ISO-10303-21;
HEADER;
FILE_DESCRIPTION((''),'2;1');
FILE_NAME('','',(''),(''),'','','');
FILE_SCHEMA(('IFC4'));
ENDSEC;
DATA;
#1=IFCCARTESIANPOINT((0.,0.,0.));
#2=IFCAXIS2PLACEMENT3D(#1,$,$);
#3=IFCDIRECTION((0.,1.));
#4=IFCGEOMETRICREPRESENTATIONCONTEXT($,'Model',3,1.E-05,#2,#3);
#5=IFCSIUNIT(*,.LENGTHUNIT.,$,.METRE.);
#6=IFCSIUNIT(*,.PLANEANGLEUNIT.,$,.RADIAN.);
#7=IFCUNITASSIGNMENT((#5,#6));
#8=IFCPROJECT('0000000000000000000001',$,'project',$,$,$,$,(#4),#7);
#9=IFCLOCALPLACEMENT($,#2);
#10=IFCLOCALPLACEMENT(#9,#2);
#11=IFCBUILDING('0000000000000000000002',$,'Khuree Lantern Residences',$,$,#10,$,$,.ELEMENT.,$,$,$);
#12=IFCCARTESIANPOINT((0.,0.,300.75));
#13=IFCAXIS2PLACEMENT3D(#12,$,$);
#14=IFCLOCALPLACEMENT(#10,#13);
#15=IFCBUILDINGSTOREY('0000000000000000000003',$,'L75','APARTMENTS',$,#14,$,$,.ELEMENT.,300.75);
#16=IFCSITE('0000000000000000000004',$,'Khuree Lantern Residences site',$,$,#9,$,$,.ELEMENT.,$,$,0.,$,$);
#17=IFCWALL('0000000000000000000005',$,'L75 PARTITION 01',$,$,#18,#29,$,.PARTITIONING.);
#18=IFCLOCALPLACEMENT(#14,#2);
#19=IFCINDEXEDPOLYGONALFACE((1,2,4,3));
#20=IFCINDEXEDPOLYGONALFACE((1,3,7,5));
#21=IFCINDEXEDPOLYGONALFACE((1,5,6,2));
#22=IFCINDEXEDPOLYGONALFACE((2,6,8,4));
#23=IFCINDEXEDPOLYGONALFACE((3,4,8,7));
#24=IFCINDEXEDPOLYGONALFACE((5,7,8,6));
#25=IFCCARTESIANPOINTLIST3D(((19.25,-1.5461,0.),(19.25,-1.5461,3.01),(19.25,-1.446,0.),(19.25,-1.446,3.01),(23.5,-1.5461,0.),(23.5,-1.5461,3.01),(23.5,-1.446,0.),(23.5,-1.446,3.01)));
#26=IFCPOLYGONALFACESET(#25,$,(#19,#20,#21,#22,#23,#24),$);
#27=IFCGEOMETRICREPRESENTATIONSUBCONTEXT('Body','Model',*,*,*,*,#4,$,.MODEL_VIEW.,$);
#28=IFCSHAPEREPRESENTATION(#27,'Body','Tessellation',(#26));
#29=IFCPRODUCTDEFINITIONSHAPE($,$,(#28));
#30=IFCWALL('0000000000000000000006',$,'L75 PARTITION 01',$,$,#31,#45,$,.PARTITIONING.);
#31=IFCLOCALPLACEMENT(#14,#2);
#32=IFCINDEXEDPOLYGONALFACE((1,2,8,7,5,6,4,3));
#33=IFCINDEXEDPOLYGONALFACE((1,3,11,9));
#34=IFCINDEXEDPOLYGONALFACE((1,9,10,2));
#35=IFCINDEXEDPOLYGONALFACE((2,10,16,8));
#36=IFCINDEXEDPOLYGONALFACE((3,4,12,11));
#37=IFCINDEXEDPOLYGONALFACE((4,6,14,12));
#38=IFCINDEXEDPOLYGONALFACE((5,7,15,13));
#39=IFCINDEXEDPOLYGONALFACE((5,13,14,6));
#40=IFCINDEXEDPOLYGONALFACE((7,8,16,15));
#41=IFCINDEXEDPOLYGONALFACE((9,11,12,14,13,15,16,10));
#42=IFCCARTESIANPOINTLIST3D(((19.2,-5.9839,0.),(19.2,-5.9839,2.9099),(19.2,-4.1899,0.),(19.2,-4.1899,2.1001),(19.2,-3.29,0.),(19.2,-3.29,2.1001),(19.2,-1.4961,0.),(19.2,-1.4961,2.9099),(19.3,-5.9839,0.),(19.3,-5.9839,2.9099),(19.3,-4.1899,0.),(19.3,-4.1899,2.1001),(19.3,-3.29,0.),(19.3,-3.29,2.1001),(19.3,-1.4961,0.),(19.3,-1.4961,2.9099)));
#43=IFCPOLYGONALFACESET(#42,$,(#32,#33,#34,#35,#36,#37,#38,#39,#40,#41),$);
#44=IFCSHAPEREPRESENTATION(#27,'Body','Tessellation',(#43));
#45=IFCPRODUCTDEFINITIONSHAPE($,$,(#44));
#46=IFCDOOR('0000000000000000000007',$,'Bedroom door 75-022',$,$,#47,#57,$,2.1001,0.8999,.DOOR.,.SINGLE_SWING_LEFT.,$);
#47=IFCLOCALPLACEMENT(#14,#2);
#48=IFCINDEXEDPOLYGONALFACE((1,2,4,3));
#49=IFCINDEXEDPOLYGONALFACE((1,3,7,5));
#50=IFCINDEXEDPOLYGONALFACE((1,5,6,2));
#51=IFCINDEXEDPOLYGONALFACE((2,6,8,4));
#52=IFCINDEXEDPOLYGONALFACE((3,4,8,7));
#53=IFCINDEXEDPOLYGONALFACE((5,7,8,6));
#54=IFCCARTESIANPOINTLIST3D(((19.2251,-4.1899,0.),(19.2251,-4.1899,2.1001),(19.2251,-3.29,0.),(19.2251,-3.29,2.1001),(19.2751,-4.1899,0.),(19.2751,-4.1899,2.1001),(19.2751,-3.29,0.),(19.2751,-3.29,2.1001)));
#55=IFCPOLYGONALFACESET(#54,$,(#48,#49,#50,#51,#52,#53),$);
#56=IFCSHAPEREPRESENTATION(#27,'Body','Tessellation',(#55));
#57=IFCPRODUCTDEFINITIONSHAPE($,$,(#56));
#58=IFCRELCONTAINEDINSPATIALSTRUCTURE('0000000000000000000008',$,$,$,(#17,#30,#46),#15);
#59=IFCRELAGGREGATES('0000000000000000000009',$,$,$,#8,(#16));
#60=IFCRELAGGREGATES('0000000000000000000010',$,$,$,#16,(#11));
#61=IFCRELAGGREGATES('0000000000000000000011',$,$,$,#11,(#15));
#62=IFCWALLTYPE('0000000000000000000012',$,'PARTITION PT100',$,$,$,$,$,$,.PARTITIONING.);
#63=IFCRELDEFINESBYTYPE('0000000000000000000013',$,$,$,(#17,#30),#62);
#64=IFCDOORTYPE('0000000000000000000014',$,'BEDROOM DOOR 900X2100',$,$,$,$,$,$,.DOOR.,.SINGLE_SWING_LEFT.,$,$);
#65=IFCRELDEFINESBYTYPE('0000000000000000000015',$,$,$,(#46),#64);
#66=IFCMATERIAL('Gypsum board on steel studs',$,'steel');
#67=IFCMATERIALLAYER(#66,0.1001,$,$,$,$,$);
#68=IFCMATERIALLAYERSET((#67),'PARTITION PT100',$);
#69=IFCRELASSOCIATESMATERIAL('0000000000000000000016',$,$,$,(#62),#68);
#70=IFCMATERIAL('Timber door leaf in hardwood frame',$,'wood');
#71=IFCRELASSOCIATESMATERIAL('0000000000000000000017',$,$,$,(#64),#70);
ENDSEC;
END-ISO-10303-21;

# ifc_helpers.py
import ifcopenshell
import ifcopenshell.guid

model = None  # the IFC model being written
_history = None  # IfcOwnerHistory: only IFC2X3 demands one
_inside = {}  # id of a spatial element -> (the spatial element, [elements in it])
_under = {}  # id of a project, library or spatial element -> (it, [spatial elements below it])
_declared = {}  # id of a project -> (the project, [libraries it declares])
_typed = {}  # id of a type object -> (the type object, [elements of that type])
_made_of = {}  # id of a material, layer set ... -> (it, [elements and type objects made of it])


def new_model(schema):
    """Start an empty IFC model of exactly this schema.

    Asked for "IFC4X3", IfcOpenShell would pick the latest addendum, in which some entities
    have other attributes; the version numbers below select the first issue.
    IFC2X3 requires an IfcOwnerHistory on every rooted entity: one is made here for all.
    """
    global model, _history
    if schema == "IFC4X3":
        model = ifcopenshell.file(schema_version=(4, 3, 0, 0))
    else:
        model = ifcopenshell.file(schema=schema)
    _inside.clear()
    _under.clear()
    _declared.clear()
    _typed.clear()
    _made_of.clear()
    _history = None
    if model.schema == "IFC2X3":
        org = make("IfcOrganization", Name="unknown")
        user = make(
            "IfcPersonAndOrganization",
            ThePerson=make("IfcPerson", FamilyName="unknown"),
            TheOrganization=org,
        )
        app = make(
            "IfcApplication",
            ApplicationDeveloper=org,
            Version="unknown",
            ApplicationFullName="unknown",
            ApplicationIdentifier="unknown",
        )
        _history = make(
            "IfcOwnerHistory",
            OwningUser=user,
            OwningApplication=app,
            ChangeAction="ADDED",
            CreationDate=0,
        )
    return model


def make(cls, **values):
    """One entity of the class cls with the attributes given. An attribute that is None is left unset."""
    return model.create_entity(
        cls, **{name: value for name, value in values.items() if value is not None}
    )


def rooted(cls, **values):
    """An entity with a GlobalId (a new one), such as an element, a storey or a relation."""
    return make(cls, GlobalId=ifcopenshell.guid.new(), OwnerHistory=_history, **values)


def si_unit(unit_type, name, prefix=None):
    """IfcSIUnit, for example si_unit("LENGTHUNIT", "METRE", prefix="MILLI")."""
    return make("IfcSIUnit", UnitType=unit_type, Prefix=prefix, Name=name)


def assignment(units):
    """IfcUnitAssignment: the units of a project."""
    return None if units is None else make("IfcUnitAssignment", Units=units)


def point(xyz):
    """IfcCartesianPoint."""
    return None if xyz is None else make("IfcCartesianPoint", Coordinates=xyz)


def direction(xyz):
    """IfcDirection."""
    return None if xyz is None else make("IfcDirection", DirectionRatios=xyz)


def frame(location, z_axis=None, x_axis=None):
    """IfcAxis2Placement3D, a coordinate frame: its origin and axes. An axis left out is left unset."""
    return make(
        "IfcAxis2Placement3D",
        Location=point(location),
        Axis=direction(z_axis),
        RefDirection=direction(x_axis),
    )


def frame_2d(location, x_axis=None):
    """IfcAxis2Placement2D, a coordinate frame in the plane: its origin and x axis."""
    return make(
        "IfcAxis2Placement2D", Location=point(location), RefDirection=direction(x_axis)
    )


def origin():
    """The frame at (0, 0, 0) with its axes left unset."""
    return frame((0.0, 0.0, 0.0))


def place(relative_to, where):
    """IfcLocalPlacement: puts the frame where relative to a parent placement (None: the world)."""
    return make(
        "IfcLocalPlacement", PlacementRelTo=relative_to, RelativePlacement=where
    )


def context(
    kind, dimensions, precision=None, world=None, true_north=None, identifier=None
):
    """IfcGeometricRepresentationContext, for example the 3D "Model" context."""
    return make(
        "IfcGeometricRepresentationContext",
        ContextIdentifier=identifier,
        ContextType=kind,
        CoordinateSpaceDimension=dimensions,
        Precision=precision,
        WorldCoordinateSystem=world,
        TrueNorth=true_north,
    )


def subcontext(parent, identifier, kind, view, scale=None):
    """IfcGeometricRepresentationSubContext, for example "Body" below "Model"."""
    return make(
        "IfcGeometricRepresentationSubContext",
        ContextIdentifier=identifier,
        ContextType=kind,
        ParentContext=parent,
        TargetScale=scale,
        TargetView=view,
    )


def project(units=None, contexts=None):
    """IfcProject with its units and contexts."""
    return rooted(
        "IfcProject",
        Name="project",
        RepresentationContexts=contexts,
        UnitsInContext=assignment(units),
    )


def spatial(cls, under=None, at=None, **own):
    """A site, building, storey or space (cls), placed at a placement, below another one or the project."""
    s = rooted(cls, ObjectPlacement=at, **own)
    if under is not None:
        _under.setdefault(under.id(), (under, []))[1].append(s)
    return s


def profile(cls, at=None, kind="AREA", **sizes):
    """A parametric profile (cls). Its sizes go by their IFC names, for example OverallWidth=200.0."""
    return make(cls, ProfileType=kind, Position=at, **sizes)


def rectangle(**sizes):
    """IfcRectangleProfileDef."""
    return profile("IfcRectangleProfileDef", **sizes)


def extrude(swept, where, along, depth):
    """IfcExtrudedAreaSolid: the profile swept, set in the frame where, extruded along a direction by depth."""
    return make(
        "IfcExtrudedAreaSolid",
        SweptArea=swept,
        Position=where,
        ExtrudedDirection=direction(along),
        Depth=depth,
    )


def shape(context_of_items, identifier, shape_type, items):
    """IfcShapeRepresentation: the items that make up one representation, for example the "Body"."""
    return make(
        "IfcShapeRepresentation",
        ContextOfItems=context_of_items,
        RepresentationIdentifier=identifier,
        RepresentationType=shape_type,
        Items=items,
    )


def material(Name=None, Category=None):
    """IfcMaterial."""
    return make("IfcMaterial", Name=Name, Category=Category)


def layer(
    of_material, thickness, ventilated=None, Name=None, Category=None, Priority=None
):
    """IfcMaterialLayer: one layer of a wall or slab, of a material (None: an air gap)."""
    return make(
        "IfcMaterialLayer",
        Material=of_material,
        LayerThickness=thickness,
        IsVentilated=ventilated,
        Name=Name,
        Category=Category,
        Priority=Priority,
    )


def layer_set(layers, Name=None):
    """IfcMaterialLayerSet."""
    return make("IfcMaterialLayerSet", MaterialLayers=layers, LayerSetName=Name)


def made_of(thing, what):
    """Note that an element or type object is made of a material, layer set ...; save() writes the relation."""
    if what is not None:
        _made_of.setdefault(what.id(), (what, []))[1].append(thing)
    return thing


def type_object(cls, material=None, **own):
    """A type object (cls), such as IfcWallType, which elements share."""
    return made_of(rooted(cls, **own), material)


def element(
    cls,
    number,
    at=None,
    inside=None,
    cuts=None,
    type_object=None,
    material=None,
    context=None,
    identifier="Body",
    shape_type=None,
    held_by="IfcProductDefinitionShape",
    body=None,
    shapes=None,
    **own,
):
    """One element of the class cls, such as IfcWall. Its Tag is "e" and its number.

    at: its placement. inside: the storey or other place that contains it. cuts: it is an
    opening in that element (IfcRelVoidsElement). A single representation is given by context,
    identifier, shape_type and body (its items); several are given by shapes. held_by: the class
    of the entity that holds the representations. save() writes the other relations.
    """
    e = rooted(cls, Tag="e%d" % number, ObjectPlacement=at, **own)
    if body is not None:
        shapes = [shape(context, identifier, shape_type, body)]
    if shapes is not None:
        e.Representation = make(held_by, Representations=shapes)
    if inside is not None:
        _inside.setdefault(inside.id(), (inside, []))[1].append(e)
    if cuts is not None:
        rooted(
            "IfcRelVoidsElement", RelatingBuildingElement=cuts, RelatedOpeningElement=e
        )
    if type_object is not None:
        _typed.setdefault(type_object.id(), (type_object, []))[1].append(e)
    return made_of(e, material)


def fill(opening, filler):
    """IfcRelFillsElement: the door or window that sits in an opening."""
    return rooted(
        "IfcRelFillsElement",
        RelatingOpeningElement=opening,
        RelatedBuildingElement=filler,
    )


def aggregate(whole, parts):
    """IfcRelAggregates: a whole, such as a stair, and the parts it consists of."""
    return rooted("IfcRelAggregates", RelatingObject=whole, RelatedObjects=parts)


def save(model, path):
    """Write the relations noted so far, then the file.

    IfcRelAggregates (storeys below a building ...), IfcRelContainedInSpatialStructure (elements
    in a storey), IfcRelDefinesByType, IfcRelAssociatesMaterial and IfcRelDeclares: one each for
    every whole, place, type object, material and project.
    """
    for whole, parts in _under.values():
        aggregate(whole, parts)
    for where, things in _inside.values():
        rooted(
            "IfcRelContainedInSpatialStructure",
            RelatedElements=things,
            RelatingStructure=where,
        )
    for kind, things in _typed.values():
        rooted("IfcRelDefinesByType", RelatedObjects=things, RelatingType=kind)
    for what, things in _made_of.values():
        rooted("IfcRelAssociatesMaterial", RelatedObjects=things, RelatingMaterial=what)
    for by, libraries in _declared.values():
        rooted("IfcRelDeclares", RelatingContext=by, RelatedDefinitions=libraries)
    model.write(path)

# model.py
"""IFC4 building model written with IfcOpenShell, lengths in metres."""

from ifc_helpers import new_model, si_unit, direction, frame, frame_2d, origin, place, context, subcontext, project, spatial, rectangle, extrude, material, layer, layer_set, type_object, element, fill, save


model = new_model("IFC4")

# Units and contexts
model_context = context("Model", 3, precision=1e-05, world=origin(), true_north=direction((0.0, 1.0)))
body_context = subcontext(model_context, "Body", "Model", "MODEL_VIEW")
ifc_project = project(units=[si_unit("LENGTHUNIT", "METRE"), si_unit("PLANEANGLEUNIT", "RADIAN")], contexts=[model_context])

# Site, building, storey
site_placement = place(None, origin())
site = spatial("IfcSite", under=ifc_project, at=site_placement, Name="Khuree Lantern Residences site", CompositionType="ELEMENT", RefElevation=0.0)
building_placement = place(site_placement, origin())
building = spatial("IfcBuilding", under=site, at=building_placement, Name="Khuree Lantern Residences", CompositionType="ELEMENT")
storey_placement = place(building_placement, frame((0.0, 0.0, 300.75)))
storey = spatial("IfcBuildingStorey", under=building, at=storey_placement, Name="L75", Description="APARTMENTS", CompositionType="ELEMENT", Elevation=300.75)

# Shared definitions
ifc_material_1 = material(Name="Gypsum board on steel studs", Category="steel")

# Shared definitions
ifc_material_2 = material(Name="Timber door leaf in hardwood frame", Category="wood")

# Wall
ifc_layer_1 = layer(ifc_material_1, 0.1001)
ifc_layer_set_1 = layer_set([ifc_layer_1], Name="PARTITION PT100")
wall_type_1 = type_object("IfcWallType", Name="PARTITION PT100", PredefinedType="PARTITIONING", material=ifc_layer_set_1)
wall_1_placement = place(storey_placement, frame((19.25, -1.4961, 0.0), z_axis=(0.0, 0.0, 1.0), x_axis=(1.0, 0.0, 0.0)))
element("IfcWall", 1, at=wall_1_placement, inside=storey, type_object=wall_type_1, Name="L75 PARTITION 01", PredefinedType="PARTITIONING", context=body_context, shape_type="SweptSolid", body=[
    extrude(rectangle(XDim=4.25, YDim=0.1001, at=frame_2d((2.125, 0.0))), origin(), (0.0, 0.0, 1.0), 3.01),
])

# Wall, opening, door
wall_2_placement = place(storey_placement, frame((19.25, -5.9839, 0.0), z_axis=(0.0, 0.0, 1.0), x_axis=(0.0, 1.0, 0.0)))
wall_2 = element("IfcWall", 2, at=wall_2_placement, inside=storey, type_object=wall_type_1, Name="L75 PARTITION 01", PredefinedType="PARTITIONING", context=body_context, shape_type="SweptSolid", body=[
    extrude(rectangle(XDim=4.4878, YDim=0.1001, at=frame_2d((2.2439, 0.0))), origin(), (0.0, 0.0, 1.0), 2.9099),
])
opening_1_placement = place(wall_2_placement, frame((1.7939, 0.0, 0.0)))
opening_1 = element("IfcOpeningElement", 3, at=opening_1_placement, cuts=wall_2, PredefinedType="OPENING", context=body_context, shape_type="SweptSolid", body=[
    extrude(rectangle(XDim=0.8999, YDim=2.1001, at=frame_2d((0.45, 1.05))), frame((0.0, 0.0601, 0.0), z_axis=(0.0, -1.0, 0.0), x_axis=(1.0, 0.0, 0.0)), (0.0, 0.0, 1.0), 0.1201),
])
door_type_1 = type_object("IfcDoorType", Name="BEDROOM DOOR 900X2100", OperationType="SINGLE_SWING_LEFT", PredefinedType="DOOR", material=ifc_material_2)
door_1_placement = place(opening_1_placement, origin())
door_1 = element("IfcDoor", 4, at=door_1_placement, inside=storey, type_object=door_type_1, Name="Bedroom door 75-022", OperationType="SINGLE_SWING_LEFT", OverallHeight=2.1001, OverallWidth=0.8999, PredefinedType="DOOR", context=body_context, shape_type="SweptSolid", body=[
    extrude(rectangle(XDim=0.8999, YDim=2.1001, at=frame_2d((0.45, 1.05))), frame((0.0, 0.0249, 0.0), z_axis=(0.0, -1.0, 0.0), x_axis=(1.0, 0.0, 0.0)), (0.0, 0.0, 1.0), 0.05),
])
fill(opening_1, door_1)

save(model, "model.ifc")
